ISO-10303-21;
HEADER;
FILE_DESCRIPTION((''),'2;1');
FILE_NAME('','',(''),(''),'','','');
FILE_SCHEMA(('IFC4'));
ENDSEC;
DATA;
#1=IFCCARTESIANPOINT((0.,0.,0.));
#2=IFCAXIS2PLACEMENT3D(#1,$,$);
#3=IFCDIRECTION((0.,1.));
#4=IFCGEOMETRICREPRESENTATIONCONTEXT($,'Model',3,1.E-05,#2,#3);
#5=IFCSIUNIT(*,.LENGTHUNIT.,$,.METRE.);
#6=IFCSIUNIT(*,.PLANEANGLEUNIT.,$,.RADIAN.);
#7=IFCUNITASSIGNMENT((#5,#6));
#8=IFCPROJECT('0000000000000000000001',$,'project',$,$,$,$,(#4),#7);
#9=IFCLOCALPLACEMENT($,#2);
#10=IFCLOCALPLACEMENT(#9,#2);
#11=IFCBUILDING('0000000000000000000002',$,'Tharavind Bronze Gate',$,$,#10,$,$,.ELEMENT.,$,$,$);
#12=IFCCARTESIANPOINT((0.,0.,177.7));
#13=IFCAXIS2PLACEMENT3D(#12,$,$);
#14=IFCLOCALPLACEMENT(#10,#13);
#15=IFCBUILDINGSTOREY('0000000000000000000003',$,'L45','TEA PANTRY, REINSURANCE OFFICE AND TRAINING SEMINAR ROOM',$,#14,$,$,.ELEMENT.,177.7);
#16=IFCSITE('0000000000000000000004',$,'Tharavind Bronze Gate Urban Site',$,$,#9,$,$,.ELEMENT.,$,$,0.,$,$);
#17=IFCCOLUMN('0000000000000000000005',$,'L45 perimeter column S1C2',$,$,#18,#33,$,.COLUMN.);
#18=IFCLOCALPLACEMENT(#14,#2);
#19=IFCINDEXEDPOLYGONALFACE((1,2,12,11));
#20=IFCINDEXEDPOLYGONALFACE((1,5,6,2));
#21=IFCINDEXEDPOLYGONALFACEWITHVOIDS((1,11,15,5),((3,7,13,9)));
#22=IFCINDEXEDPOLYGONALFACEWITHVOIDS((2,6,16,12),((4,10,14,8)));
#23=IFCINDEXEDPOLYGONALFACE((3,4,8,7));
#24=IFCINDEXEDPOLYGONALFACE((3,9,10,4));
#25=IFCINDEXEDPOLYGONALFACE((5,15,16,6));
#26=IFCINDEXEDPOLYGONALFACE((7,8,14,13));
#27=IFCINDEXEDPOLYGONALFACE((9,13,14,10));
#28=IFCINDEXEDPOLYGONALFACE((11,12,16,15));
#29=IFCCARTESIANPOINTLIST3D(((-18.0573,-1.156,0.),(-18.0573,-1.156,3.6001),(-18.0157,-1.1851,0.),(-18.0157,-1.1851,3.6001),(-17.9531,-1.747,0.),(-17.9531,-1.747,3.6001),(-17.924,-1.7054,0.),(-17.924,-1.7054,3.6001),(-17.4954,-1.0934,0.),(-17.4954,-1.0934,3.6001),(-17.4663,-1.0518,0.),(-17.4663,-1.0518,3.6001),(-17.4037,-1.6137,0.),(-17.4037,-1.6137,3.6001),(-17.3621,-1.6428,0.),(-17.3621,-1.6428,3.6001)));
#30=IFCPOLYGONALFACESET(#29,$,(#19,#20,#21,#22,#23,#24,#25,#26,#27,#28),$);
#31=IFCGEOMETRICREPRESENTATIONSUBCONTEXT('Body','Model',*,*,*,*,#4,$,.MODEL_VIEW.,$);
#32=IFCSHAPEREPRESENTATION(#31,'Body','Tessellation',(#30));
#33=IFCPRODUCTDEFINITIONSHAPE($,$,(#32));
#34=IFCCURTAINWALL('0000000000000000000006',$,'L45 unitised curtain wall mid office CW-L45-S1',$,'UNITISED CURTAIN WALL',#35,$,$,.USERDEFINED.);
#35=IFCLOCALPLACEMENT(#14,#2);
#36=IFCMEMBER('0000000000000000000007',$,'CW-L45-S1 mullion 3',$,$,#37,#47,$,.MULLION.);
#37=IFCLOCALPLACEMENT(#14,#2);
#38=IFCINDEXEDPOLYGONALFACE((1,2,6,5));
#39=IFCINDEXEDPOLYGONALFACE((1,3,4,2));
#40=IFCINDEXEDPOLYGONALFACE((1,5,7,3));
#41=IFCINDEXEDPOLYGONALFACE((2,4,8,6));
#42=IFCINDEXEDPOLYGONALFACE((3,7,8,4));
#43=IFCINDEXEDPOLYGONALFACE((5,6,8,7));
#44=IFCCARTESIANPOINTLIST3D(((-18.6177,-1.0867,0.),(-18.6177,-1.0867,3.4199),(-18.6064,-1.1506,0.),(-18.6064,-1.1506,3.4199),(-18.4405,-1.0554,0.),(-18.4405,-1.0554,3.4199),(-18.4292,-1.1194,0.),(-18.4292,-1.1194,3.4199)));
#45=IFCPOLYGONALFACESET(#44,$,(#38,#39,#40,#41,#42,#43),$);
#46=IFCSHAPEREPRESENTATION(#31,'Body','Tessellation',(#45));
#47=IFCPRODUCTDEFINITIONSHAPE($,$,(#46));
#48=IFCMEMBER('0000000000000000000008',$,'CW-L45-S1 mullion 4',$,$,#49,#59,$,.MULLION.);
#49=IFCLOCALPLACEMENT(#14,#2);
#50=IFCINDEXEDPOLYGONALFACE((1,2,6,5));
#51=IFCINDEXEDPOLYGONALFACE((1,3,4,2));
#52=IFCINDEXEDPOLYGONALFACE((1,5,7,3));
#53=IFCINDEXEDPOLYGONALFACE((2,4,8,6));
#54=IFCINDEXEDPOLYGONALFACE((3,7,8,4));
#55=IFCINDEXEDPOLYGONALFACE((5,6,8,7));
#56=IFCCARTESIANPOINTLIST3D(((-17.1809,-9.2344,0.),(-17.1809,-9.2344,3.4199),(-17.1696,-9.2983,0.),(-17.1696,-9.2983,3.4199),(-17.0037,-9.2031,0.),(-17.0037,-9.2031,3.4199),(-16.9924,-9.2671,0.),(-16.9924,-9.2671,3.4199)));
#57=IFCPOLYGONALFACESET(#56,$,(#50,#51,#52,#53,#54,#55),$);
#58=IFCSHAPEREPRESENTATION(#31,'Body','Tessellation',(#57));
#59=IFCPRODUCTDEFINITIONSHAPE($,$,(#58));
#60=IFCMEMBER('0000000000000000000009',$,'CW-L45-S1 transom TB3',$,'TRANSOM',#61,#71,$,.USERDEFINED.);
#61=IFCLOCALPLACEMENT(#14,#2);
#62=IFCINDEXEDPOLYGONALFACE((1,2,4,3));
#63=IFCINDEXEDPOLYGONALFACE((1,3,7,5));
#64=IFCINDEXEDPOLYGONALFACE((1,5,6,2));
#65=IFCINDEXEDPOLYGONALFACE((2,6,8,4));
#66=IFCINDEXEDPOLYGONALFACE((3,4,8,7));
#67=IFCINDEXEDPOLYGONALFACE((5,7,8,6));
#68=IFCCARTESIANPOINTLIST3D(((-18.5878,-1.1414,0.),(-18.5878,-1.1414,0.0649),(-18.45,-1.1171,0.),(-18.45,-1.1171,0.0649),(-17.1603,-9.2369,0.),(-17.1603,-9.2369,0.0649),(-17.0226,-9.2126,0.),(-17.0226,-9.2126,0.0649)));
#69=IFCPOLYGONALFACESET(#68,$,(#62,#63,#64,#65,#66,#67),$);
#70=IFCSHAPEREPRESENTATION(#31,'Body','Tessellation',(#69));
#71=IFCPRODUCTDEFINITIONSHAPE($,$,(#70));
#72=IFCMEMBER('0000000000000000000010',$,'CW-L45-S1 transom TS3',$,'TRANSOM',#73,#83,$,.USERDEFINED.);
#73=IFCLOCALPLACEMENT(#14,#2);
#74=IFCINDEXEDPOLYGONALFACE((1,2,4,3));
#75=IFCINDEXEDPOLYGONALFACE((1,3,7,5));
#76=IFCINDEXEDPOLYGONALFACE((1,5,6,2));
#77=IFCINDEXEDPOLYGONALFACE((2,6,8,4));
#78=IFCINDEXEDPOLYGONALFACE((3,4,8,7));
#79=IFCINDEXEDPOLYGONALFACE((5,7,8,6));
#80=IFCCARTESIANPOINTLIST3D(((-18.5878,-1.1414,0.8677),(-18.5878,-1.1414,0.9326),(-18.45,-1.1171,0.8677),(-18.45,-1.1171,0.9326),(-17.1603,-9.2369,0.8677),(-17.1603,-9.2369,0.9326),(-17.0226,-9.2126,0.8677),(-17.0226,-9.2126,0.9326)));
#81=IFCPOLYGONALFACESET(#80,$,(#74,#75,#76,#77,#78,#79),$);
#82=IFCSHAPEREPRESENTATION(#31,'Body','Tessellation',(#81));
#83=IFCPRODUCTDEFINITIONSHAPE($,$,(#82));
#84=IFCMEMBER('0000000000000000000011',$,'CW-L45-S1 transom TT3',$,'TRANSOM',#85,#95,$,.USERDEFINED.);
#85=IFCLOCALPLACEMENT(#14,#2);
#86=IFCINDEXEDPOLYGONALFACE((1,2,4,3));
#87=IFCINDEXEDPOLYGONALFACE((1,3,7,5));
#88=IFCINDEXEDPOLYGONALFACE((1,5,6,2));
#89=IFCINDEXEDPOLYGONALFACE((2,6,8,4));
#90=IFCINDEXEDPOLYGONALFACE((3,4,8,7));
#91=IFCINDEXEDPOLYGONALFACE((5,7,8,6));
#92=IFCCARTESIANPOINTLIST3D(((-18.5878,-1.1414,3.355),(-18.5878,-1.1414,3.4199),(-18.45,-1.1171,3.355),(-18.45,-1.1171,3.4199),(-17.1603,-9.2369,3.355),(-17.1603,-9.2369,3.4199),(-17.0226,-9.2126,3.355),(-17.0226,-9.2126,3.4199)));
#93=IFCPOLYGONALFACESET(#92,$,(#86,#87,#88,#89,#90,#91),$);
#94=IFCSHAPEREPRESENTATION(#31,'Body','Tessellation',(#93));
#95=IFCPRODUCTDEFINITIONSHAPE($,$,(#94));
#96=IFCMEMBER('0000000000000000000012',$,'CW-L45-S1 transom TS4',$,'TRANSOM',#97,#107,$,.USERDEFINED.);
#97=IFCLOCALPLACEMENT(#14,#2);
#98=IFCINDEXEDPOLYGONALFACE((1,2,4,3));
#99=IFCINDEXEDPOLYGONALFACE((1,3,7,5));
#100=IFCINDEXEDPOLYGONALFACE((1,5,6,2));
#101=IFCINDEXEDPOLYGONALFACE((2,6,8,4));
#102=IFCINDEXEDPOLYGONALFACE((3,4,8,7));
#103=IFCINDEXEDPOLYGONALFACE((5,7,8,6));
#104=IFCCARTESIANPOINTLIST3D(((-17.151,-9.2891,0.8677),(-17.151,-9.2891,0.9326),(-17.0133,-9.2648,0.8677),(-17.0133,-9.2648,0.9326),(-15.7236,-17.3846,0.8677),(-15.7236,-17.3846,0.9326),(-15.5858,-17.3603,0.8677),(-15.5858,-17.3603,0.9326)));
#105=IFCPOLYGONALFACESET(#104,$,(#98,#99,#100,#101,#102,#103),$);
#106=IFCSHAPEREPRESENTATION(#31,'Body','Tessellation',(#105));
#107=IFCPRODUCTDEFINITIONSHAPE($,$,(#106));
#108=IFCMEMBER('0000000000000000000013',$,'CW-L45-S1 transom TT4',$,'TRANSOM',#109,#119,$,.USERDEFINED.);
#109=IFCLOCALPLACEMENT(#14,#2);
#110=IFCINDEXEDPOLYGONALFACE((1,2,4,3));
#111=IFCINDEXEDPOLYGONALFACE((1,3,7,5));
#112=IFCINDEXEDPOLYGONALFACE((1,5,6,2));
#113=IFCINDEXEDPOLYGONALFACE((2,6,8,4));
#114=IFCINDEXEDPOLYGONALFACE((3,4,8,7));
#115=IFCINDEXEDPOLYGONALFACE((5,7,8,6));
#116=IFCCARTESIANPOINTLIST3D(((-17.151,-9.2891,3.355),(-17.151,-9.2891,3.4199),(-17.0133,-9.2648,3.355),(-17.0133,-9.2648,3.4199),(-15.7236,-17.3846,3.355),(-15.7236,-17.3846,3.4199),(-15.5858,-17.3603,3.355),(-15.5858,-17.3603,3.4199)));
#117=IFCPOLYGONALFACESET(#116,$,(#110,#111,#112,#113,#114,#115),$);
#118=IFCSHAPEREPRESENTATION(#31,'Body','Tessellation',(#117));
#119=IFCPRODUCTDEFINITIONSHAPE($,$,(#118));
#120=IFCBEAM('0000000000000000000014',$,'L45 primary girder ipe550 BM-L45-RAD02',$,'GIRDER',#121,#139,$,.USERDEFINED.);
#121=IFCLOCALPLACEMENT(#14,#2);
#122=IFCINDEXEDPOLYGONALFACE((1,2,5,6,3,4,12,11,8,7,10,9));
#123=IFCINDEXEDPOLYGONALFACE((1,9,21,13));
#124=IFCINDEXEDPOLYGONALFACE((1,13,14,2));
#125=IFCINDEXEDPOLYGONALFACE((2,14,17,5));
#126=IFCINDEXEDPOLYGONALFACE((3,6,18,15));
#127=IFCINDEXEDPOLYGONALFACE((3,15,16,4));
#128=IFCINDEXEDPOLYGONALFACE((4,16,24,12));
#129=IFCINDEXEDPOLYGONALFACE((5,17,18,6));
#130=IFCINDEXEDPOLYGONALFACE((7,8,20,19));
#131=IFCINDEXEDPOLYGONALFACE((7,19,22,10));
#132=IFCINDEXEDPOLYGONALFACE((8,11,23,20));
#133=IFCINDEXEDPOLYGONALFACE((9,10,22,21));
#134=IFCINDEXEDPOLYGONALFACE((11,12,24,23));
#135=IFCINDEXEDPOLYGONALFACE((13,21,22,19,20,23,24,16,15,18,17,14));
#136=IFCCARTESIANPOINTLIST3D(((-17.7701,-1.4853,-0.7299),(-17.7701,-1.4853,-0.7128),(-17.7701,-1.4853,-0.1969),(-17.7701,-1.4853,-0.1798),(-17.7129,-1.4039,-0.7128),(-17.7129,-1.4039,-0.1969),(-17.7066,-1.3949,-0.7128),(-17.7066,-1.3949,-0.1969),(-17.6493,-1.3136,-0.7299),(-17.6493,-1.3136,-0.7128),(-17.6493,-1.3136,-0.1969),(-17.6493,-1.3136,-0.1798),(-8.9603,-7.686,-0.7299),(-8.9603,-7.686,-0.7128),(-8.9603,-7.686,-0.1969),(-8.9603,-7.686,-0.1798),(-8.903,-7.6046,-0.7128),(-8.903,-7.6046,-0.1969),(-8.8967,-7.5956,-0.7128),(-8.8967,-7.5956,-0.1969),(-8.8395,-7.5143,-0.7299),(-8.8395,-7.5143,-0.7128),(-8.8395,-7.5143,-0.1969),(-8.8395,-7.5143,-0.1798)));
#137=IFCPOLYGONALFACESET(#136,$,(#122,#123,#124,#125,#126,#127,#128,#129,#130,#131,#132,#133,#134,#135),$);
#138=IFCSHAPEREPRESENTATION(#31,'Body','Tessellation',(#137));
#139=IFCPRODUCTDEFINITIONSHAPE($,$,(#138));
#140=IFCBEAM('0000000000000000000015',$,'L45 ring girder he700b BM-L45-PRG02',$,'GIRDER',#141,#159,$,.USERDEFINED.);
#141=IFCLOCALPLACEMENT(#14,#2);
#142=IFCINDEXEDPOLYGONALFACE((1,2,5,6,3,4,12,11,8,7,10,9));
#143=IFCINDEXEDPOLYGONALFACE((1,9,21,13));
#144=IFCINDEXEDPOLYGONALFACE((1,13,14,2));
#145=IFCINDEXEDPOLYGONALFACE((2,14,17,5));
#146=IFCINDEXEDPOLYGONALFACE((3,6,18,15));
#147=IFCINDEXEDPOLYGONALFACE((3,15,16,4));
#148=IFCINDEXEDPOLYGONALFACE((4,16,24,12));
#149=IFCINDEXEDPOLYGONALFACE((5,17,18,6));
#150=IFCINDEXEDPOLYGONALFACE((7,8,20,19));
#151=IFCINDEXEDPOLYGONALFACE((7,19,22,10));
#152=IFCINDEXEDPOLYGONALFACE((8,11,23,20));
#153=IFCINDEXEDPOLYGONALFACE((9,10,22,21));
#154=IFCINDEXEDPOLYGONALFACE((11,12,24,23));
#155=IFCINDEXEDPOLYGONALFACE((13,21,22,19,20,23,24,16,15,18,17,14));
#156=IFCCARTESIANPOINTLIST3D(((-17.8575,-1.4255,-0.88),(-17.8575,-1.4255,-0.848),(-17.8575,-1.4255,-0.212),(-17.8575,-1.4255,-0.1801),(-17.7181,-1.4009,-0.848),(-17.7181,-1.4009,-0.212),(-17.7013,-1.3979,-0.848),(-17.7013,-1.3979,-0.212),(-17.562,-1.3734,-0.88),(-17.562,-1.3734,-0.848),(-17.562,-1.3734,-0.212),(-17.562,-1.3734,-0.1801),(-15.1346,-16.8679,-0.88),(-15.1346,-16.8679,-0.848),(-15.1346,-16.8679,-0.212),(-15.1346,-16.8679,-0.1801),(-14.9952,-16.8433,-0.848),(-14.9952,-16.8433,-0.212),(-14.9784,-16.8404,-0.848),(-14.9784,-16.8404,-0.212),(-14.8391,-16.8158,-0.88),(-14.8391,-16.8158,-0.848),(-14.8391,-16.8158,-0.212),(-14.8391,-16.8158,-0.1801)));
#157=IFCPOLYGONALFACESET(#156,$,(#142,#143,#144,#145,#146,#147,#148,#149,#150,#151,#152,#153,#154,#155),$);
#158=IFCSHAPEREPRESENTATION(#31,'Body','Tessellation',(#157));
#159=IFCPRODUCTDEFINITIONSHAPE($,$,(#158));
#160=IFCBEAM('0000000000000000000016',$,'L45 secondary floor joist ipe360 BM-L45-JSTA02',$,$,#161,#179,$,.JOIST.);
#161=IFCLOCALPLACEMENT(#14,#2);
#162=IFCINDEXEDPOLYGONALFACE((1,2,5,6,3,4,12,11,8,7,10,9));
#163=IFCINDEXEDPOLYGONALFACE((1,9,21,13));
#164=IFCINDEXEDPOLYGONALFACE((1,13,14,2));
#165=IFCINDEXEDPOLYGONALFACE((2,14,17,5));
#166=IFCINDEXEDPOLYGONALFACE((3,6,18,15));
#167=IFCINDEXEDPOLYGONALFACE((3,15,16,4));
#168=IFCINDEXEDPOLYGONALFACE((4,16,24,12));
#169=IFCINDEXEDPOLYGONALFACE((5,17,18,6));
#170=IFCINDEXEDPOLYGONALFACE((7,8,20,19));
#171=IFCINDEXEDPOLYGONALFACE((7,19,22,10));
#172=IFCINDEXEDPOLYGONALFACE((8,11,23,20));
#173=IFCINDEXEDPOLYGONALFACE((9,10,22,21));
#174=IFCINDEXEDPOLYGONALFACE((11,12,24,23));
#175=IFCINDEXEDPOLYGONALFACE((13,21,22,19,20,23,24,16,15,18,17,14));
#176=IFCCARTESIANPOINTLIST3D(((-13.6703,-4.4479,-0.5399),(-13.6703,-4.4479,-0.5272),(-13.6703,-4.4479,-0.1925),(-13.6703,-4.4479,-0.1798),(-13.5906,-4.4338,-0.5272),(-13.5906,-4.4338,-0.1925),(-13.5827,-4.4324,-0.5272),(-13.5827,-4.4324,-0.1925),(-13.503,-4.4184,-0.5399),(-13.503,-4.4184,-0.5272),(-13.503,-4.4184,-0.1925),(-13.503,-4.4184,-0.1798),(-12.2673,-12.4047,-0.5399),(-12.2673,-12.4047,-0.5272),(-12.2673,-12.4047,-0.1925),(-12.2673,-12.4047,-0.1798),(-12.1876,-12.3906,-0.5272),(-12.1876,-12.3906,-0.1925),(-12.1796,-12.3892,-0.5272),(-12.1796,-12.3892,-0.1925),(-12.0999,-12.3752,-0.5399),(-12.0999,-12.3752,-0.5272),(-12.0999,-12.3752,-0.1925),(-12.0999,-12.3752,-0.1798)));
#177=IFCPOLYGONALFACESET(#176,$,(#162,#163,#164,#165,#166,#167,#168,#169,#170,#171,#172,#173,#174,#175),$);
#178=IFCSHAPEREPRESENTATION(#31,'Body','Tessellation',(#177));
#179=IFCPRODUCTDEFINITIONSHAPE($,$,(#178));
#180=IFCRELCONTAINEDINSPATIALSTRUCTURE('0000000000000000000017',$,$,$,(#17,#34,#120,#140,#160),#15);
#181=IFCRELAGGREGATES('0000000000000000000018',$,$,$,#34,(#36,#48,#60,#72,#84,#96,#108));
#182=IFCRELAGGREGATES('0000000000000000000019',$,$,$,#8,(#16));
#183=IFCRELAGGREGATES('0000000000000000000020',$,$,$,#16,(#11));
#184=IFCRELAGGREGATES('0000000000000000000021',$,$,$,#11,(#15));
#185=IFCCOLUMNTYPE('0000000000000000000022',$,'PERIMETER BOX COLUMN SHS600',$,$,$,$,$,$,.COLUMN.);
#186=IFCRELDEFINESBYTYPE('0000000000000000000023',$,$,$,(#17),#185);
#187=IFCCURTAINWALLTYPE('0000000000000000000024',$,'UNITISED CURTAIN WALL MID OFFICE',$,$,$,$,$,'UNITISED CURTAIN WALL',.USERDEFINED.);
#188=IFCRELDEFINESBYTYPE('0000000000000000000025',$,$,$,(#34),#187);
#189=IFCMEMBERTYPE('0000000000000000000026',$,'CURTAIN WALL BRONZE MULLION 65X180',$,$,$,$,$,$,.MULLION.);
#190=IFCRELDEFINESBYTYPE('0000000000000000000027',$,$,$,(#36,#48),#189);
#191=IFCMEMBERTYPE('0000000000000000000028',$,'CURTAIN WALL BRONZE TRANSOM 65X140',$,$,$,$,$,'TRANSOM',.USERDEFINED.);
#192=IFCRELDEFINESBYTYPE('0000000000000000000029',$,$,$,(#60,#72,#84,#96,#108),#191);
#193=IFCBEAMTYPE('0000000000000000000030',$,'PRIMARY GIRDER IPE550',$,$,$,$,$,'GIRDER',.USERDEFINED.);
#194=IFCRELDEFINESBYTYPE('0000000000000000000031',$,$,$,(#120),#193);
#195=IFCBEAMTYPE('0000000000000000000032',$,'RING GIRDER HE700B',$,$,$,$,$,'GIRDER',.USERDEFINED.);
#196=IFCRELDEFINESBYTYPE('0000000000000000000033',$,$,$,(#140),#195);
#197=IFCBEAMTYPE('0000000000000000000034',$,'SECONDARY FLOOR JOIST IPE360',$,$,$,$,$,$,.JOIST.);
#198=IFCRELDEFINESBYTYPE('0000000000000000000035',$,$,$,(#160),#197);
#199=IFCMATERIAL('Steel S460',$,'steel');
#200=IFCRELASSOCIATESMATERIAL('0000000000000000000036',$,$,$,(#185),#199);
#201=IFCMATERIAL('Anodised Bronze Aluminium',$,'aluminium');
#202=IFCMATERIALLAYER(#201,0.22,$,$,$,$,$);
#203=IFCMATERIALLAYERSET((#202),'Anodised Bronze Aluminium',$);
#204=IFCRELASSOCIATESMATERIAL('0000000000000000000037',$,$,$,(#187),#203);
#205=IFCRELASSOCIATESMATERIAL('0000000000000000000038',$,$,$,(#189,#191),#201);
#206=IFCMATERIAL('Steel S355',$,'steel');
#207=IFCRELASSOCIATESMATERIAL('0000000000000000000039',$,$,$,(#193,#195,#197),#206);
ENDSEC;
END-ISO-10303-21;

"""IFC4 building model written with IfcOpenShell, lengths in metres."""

from ifc_helpers import new_model, si_unit, direction, frame, origin, origin_2d, place, context, subcontext, project, spatial, rectangle, hollow_rectangle, i_section, extrude, material, layer, layer_set, material_profile, profile_set, type_object, element, aggregate, save


model = new_model("IFC4")

# Units and contexts
model_context = context("Model", 3, precision=1e-05, world=origin(), true_north=direction((0.0, 1.0)))
body_context = subcontext(model_context, "Body", "Model", "MODEL_VIEW")
ifc_project = project(units=[si_unit("LENGTHUNIT", "METRE"), si_unit("PLANEANGLEUNIT", "RADIAN")], contexts=[model_context])

# Site, building, storey
site_placement = place(None, origin())
site = spatial("IfcSite", under=ifc_project, at=site_placement, Name="Tharavind Bronze Gate Urban Site", CompositionType="ELEMENT", RefElevation=0.0)
building_placement = place(site_placement, origin())
building = spatial("IfcBuilding", under=site, at=building_placement, Name="Tharavind Bronze Gate", CompositionType="ELEMENT")
storey_placement = place(building_placement, frame((0.0, 0.0, 177.7)))
storey = spatial("IfcBuildingStorey", under=building, at=storey_placement, Name="L45", Description="TEA PANTRY, REINSURANCE OFFICE AND TRAINING SEMINAR ROOM", CompositionType="ELEMENT", Elevation=177.7)

# Column
ifc_material_1 = material(Name="Steel S460", Category="steel")
ifc_material_profile_1 = material_profile(ifc_material_1, hollow_rectangle(XDim=0.6001, YDim=0.6001, WallThickness=0.0359, at=origin_2d()), Name="SHS600X36")
ifc_profile_set_1 = profile_set([ifc_material_profile_1], Name="Steel S460")
column_type = type_object("IfcColumnType", Name="PERIMETER BOX COLUMN SHS600", PredefinedType="COLUMN", material=ifc_profile_set_1)
column_placement = place(storey_placement, frame((-17.7097, -1.3994, 0.0), z_axis=(0.0, 0.0, 1.0), x_axis=(-0.173648, 0.984808, 0.0)))
element("IfcColumn", 1, at=column_placement, inside=storey, type_object=column_type, Name="L45 perimeter column S1C2", PredefinedType="COLUMN", context=body_context, shape_type="SweptSolid", body=[
    extrude(hollow_rectangle(XDim=0.6001, YDim=0.6001, WallThickness=0.0359, at=origin_2d()), origin(), (0.0, 0.0, 1.0), 3.6001),
])

# Curtain wall, members
ifc_material_2 = material(Name="Anodised Bronze Aluminium", Category="aluminium")
ifc_layer_1 = layer(ifc_material_2, 0.22)
ifc_layer_set_1 = layer_set([ifc_layer_1], Name="Anodised Bronze Aluminium")
curtain_wall_type = type_object("IfcCurtainWallType", Name="UNITISED CURTAIN WALL MID OFFICE", ElementType="UNITISED CURTAIN WALL", PredefinedType="USERDEFINED", material=ifc_layer_set_1)
curtain_wall_placement = place(storey_placement, origin())
curtain_wall = element("IfcCurtainWall", 2, at=curtain_wall_placement, inside=storey, type_object=curtain_wall_type, Name="L45 unitised curtain wall mid office CW-L45-S1", ObjectType="UNITISED CURTAIN WALL", PredefinedType="USERDEFINED")
member_type_1 = type_object("IfcMemberType", Name="CURTAIN WALL BRONZE MULLION 65X180", PredefinedType="MULLION", material=ifc_material_2)
member_1_placement = place(storey_placement, frame((-18.5234, -1.103, 0.0), z_axis=(0.0, 0.0, 1.0), x_axis=(0.173648, -0.984808, 0.0)))
member_1 = element("IfcMember", 3, at=member_1_placement, type_object=member_type_1, Name="CW-L45-S1 mullion 3", PredefinedType="MULLION", context=body_context, shape_type="SweptSolid", body=[
    extrude(rectangle(XDim=0.0649, YDim=0.1799, at=origin_2d()), origin(), (0.0, 0.0, 1.0), 3.4199),
])
member_2_placement = place(storey_placement, frame((-17.0867, -9.2507, 0.0), z_axis=(0.0, 0.0, 1.0), x_axis=(0.173648, -0.984808, 0.0)))
member_2 = element("IfcMember", 4, at=member_2_placement, type_object=member_type_1, Name="CW-L45-S1 mullion 4", PredefinedType="MULLION", context=body_context, shape_type="SweptSolid", body=[
    extrude(rectangle(XDim=0.0649, YDim=0.1799, at=origin_2d()), origin(), (0.0, 0.0, 1.0), 3.4199),
])
member_type_2 = type_object("IfcMemberType", Name="CURTAIN WALL BRONZE TRANSOM 65X140", ElementType="TRANSOM", PredefinedType="USERDEFINED", material=ifc_material_2)
member_3_placement = place(storey_placement, frame((-17.8052, -5.177, 0.0), z_axis=(0.0, 0.0, 1.0), x_axis=(0.173648, -0.984808, 0.0)))
member_3 = element("IfcMember", 5, at=member_3_placement, type_object=member_type_2, Name="CW-L45-S1 transom TB3", ObjectType="TRANSOM", PredefinedType="USERDEFINED", context=body_context, shape_type="SweptSolid", body=[
    extrude(rectangle(XDim=8.2205, YDim=0.1399, at=origin_2d()), origin(), (0.0, 0.0, 1.0), 0.0649),
])
member_4_placement = place(storey_placement, frame((-17.8052, -5.177, 0.8677), z_axis=(0.0, 0.0, 1.0), x_axis=(0.173648, -0.984808, 0.0)))
member_4 = element("IfcMember", 6, at=member_4_placement, type_object=member_type_2, Name="CW-L45-S1 transom TS3", ObjectType="TRANSOM", PredefinedType="USERDEFINED", context=body_context, shape_type="SweptSolid", body=[
    extrude(rectangle(XDim=8.2205, YDim=0.1399, at=origin_2d()), origin(), (0.0, 0.0, 1.0), 0.0649),
])
member_5_placement = place(storey_placement, frame((-17.8052, -5.177, 3.355), z_axis=(0.0, 0.0, 1.0), x_axis=(0.173648, -0.984808, 0.0)))
member_5 = element("IfcMember", 7, at=member_5_placement, type_object=member_type_2, Name="CW-L45-S1 transom TT3", ObjectType="TRANSOM", PredefinedType="USERDEFINED", context=body_context, shape_type="SweptSolid", body=[
    extrude(rectangle(XDim=8.2205, YDim=0.1399, at=origin_2d()), origin(), (0.0, 0.0, 1.0), 0.0649),
])
member_6_placement = place(storey_placement, frame((-16.3684, -13.3247, 0.8677), z_axis=(0.0, 0.0, 1.0), x_axis=(0.173648, -0.984808, 0.0)))
member_6 = element("IfcMember", 8, at=member_6_placement, type_object=member_type_2, Name="CW-L45-S1 transom TS4", ObjectType="TRANSOM", PredefinedType="USERDEFINED", context=body_context, shape_type="SweptSolid", body=[
    extrude(rectangle(XDim=8.2205, YDim=0.1399, at=origin_2d()), origin(), (0.0, 0.0, 1.0), 0.0649),
])
member_7_placement = place(storey_placement, frame((-16.3684, -13.3247, 3.355), z_axis=(0.0, 0.0, 1.0), x_axis=(0.173648, -0.984808, 0.0)))
member_7 = element("IfcMember", 9, at=member_7_placement, type_object=member_type_2, Name="CW-L45-S1 transom TT4", ObjectType="TRANSOM", PredefinedType="USERDEFINED", context=body_context, shape_type="SweptSolid", body=[
    extrude(rectangle(XDim=8.2205, YDim=0.1399, at=origin_2d()), origin(), (0.0, 0.0, 1.0), 0.0649),
])

# Beams
ifc_material_3 = material(Name="Steel S355", Category="steel")
ifc_material_profile_2 = material_profile(ifc_material_3, i_section(OverallWidth=0.21, OverallDepth=0.55, WebThickness=0.011, FlangeThickness=0.0171, at=origin_2d()), Name="IPE550")
ifc_profile_set_2 = profile_set([ifc_material_profile_2], Name="Steel S355")
beam_type_1 = type_object("IfcBeamType", Name="PRIMARY GIRDER IPE550", ElementType="GIRDER", PredefinedType="USERDEFINED", material=ifc_profile_set_2)
beam_1_placement = place(storey_placement, frame((-17.7097, -1.3994, -0.4548), z_axis=(0.817755, -0.575567, 0.0), x_axis=(0.575567, 0.817755, 0.0)))
element("IfcBeam", 10, at=beam_1_placement, inside=storey, type_object=beam_type_1, Name="L45 primary girder ipe550 BM-L45-RAD02", ObjectType="GIRDER", PredefinedType="USERDEFINED", context=body_context, shape_type="SweptSolid", body=[
    extrude(i_section(OverallWidth=0.21, OverallDepth=0.55, WebThickness=0.011, FlangeThickness=0.0171, at=origin_2d()), origin(), (0.0, 0.0, 1.0), 10.7732),
])
ifc_material_profile_3 = material_profile(ifc_material_3, i_section(OverallWidth=0.3, OverallDepth=0.7, WebThickness=0.0171, FlangeThickness=0.032, at=origin_2d()), Name="HE700B")
ifc_profile_set_3 = profile_set([ifc_material_profile_3], Name="Steel S355")
beam_type_2 = type_object("IfcBeamType", Name="RING GIRDER HE700B", ElementType="GIRDER", PredefinedType="USERDEFINED", material=ifc_profile_set_3)
beam_2_placement = place(storey_placement, frame((-17.7097, -1.3994, -0.53), z_axis=(0.173648, -0.984808, 0.0), x_axis=(0.984808, 0.173648, 0.0)))
element("IfcBeam", 11, at=beam_2_placement, inside=storey, type_object=beam_type_2, Name="L45 ring girder he700b BM-L45-PRG02", ObjectType="GIRDER", PredefinedType="USERDEFINED", context=body_context, shape_type="SweptSolid", body=[
    extrude(i_section(OverallWidth=0.3, OverallDepth=0.7, WebThickness=0.0171, FlangeThickness=0.032, at=origin_2d()), origin(), (0.0, 0.0, 1.0), 15.6807),
])
ifc_material_profile_4 = material_profile(ifc_material_3, i_section(OverallWidth=0.1699, OverallDepth=0.3601, WebThickness=0.0081, FlangeThickness=0.0127, at=origin_2d()), Name="IPE360")
ifc_profile_set_4 = profile_set([ifc_material_profile_4], Name="Steel S355")
beam_type_3 = type_object("IfcBeamType", Name="SECONDARY FLOOR JOIST IPE360", PredefinedType="JOIST", material=ifc_profile_set_4)
beam_3_placement = place(storey_placement, frame((-13.5867, -4.4331, -0.3599), z_axis=(0.173658, -0.984806, 0.0), x_axis=(0.984806, 0.173658, 0.0)))
element("IfcBeam", 12, at=beam_3_placement, inside=storey, type_object=beam_type_3, Name="L45 secondary floor joist ipe360 BM-L45-JSTA02", PredefinedType="JOIST", context=body_context, shape_type="SweptSolid", body=[
    extrude(i_section(OverallWidth=0.1699, OverallDepth=0.3601, WebThickness=0.0081, FlangeThickness=0.0127, at=origin_2d()), origin(), (0.0, 0.0, 1.0), 8.0796),
])

aggregate(curtain_wall, [member_1, member_2, member_3, member_4, member_5, member_6, member_7])

save(model, "model.ifc")
